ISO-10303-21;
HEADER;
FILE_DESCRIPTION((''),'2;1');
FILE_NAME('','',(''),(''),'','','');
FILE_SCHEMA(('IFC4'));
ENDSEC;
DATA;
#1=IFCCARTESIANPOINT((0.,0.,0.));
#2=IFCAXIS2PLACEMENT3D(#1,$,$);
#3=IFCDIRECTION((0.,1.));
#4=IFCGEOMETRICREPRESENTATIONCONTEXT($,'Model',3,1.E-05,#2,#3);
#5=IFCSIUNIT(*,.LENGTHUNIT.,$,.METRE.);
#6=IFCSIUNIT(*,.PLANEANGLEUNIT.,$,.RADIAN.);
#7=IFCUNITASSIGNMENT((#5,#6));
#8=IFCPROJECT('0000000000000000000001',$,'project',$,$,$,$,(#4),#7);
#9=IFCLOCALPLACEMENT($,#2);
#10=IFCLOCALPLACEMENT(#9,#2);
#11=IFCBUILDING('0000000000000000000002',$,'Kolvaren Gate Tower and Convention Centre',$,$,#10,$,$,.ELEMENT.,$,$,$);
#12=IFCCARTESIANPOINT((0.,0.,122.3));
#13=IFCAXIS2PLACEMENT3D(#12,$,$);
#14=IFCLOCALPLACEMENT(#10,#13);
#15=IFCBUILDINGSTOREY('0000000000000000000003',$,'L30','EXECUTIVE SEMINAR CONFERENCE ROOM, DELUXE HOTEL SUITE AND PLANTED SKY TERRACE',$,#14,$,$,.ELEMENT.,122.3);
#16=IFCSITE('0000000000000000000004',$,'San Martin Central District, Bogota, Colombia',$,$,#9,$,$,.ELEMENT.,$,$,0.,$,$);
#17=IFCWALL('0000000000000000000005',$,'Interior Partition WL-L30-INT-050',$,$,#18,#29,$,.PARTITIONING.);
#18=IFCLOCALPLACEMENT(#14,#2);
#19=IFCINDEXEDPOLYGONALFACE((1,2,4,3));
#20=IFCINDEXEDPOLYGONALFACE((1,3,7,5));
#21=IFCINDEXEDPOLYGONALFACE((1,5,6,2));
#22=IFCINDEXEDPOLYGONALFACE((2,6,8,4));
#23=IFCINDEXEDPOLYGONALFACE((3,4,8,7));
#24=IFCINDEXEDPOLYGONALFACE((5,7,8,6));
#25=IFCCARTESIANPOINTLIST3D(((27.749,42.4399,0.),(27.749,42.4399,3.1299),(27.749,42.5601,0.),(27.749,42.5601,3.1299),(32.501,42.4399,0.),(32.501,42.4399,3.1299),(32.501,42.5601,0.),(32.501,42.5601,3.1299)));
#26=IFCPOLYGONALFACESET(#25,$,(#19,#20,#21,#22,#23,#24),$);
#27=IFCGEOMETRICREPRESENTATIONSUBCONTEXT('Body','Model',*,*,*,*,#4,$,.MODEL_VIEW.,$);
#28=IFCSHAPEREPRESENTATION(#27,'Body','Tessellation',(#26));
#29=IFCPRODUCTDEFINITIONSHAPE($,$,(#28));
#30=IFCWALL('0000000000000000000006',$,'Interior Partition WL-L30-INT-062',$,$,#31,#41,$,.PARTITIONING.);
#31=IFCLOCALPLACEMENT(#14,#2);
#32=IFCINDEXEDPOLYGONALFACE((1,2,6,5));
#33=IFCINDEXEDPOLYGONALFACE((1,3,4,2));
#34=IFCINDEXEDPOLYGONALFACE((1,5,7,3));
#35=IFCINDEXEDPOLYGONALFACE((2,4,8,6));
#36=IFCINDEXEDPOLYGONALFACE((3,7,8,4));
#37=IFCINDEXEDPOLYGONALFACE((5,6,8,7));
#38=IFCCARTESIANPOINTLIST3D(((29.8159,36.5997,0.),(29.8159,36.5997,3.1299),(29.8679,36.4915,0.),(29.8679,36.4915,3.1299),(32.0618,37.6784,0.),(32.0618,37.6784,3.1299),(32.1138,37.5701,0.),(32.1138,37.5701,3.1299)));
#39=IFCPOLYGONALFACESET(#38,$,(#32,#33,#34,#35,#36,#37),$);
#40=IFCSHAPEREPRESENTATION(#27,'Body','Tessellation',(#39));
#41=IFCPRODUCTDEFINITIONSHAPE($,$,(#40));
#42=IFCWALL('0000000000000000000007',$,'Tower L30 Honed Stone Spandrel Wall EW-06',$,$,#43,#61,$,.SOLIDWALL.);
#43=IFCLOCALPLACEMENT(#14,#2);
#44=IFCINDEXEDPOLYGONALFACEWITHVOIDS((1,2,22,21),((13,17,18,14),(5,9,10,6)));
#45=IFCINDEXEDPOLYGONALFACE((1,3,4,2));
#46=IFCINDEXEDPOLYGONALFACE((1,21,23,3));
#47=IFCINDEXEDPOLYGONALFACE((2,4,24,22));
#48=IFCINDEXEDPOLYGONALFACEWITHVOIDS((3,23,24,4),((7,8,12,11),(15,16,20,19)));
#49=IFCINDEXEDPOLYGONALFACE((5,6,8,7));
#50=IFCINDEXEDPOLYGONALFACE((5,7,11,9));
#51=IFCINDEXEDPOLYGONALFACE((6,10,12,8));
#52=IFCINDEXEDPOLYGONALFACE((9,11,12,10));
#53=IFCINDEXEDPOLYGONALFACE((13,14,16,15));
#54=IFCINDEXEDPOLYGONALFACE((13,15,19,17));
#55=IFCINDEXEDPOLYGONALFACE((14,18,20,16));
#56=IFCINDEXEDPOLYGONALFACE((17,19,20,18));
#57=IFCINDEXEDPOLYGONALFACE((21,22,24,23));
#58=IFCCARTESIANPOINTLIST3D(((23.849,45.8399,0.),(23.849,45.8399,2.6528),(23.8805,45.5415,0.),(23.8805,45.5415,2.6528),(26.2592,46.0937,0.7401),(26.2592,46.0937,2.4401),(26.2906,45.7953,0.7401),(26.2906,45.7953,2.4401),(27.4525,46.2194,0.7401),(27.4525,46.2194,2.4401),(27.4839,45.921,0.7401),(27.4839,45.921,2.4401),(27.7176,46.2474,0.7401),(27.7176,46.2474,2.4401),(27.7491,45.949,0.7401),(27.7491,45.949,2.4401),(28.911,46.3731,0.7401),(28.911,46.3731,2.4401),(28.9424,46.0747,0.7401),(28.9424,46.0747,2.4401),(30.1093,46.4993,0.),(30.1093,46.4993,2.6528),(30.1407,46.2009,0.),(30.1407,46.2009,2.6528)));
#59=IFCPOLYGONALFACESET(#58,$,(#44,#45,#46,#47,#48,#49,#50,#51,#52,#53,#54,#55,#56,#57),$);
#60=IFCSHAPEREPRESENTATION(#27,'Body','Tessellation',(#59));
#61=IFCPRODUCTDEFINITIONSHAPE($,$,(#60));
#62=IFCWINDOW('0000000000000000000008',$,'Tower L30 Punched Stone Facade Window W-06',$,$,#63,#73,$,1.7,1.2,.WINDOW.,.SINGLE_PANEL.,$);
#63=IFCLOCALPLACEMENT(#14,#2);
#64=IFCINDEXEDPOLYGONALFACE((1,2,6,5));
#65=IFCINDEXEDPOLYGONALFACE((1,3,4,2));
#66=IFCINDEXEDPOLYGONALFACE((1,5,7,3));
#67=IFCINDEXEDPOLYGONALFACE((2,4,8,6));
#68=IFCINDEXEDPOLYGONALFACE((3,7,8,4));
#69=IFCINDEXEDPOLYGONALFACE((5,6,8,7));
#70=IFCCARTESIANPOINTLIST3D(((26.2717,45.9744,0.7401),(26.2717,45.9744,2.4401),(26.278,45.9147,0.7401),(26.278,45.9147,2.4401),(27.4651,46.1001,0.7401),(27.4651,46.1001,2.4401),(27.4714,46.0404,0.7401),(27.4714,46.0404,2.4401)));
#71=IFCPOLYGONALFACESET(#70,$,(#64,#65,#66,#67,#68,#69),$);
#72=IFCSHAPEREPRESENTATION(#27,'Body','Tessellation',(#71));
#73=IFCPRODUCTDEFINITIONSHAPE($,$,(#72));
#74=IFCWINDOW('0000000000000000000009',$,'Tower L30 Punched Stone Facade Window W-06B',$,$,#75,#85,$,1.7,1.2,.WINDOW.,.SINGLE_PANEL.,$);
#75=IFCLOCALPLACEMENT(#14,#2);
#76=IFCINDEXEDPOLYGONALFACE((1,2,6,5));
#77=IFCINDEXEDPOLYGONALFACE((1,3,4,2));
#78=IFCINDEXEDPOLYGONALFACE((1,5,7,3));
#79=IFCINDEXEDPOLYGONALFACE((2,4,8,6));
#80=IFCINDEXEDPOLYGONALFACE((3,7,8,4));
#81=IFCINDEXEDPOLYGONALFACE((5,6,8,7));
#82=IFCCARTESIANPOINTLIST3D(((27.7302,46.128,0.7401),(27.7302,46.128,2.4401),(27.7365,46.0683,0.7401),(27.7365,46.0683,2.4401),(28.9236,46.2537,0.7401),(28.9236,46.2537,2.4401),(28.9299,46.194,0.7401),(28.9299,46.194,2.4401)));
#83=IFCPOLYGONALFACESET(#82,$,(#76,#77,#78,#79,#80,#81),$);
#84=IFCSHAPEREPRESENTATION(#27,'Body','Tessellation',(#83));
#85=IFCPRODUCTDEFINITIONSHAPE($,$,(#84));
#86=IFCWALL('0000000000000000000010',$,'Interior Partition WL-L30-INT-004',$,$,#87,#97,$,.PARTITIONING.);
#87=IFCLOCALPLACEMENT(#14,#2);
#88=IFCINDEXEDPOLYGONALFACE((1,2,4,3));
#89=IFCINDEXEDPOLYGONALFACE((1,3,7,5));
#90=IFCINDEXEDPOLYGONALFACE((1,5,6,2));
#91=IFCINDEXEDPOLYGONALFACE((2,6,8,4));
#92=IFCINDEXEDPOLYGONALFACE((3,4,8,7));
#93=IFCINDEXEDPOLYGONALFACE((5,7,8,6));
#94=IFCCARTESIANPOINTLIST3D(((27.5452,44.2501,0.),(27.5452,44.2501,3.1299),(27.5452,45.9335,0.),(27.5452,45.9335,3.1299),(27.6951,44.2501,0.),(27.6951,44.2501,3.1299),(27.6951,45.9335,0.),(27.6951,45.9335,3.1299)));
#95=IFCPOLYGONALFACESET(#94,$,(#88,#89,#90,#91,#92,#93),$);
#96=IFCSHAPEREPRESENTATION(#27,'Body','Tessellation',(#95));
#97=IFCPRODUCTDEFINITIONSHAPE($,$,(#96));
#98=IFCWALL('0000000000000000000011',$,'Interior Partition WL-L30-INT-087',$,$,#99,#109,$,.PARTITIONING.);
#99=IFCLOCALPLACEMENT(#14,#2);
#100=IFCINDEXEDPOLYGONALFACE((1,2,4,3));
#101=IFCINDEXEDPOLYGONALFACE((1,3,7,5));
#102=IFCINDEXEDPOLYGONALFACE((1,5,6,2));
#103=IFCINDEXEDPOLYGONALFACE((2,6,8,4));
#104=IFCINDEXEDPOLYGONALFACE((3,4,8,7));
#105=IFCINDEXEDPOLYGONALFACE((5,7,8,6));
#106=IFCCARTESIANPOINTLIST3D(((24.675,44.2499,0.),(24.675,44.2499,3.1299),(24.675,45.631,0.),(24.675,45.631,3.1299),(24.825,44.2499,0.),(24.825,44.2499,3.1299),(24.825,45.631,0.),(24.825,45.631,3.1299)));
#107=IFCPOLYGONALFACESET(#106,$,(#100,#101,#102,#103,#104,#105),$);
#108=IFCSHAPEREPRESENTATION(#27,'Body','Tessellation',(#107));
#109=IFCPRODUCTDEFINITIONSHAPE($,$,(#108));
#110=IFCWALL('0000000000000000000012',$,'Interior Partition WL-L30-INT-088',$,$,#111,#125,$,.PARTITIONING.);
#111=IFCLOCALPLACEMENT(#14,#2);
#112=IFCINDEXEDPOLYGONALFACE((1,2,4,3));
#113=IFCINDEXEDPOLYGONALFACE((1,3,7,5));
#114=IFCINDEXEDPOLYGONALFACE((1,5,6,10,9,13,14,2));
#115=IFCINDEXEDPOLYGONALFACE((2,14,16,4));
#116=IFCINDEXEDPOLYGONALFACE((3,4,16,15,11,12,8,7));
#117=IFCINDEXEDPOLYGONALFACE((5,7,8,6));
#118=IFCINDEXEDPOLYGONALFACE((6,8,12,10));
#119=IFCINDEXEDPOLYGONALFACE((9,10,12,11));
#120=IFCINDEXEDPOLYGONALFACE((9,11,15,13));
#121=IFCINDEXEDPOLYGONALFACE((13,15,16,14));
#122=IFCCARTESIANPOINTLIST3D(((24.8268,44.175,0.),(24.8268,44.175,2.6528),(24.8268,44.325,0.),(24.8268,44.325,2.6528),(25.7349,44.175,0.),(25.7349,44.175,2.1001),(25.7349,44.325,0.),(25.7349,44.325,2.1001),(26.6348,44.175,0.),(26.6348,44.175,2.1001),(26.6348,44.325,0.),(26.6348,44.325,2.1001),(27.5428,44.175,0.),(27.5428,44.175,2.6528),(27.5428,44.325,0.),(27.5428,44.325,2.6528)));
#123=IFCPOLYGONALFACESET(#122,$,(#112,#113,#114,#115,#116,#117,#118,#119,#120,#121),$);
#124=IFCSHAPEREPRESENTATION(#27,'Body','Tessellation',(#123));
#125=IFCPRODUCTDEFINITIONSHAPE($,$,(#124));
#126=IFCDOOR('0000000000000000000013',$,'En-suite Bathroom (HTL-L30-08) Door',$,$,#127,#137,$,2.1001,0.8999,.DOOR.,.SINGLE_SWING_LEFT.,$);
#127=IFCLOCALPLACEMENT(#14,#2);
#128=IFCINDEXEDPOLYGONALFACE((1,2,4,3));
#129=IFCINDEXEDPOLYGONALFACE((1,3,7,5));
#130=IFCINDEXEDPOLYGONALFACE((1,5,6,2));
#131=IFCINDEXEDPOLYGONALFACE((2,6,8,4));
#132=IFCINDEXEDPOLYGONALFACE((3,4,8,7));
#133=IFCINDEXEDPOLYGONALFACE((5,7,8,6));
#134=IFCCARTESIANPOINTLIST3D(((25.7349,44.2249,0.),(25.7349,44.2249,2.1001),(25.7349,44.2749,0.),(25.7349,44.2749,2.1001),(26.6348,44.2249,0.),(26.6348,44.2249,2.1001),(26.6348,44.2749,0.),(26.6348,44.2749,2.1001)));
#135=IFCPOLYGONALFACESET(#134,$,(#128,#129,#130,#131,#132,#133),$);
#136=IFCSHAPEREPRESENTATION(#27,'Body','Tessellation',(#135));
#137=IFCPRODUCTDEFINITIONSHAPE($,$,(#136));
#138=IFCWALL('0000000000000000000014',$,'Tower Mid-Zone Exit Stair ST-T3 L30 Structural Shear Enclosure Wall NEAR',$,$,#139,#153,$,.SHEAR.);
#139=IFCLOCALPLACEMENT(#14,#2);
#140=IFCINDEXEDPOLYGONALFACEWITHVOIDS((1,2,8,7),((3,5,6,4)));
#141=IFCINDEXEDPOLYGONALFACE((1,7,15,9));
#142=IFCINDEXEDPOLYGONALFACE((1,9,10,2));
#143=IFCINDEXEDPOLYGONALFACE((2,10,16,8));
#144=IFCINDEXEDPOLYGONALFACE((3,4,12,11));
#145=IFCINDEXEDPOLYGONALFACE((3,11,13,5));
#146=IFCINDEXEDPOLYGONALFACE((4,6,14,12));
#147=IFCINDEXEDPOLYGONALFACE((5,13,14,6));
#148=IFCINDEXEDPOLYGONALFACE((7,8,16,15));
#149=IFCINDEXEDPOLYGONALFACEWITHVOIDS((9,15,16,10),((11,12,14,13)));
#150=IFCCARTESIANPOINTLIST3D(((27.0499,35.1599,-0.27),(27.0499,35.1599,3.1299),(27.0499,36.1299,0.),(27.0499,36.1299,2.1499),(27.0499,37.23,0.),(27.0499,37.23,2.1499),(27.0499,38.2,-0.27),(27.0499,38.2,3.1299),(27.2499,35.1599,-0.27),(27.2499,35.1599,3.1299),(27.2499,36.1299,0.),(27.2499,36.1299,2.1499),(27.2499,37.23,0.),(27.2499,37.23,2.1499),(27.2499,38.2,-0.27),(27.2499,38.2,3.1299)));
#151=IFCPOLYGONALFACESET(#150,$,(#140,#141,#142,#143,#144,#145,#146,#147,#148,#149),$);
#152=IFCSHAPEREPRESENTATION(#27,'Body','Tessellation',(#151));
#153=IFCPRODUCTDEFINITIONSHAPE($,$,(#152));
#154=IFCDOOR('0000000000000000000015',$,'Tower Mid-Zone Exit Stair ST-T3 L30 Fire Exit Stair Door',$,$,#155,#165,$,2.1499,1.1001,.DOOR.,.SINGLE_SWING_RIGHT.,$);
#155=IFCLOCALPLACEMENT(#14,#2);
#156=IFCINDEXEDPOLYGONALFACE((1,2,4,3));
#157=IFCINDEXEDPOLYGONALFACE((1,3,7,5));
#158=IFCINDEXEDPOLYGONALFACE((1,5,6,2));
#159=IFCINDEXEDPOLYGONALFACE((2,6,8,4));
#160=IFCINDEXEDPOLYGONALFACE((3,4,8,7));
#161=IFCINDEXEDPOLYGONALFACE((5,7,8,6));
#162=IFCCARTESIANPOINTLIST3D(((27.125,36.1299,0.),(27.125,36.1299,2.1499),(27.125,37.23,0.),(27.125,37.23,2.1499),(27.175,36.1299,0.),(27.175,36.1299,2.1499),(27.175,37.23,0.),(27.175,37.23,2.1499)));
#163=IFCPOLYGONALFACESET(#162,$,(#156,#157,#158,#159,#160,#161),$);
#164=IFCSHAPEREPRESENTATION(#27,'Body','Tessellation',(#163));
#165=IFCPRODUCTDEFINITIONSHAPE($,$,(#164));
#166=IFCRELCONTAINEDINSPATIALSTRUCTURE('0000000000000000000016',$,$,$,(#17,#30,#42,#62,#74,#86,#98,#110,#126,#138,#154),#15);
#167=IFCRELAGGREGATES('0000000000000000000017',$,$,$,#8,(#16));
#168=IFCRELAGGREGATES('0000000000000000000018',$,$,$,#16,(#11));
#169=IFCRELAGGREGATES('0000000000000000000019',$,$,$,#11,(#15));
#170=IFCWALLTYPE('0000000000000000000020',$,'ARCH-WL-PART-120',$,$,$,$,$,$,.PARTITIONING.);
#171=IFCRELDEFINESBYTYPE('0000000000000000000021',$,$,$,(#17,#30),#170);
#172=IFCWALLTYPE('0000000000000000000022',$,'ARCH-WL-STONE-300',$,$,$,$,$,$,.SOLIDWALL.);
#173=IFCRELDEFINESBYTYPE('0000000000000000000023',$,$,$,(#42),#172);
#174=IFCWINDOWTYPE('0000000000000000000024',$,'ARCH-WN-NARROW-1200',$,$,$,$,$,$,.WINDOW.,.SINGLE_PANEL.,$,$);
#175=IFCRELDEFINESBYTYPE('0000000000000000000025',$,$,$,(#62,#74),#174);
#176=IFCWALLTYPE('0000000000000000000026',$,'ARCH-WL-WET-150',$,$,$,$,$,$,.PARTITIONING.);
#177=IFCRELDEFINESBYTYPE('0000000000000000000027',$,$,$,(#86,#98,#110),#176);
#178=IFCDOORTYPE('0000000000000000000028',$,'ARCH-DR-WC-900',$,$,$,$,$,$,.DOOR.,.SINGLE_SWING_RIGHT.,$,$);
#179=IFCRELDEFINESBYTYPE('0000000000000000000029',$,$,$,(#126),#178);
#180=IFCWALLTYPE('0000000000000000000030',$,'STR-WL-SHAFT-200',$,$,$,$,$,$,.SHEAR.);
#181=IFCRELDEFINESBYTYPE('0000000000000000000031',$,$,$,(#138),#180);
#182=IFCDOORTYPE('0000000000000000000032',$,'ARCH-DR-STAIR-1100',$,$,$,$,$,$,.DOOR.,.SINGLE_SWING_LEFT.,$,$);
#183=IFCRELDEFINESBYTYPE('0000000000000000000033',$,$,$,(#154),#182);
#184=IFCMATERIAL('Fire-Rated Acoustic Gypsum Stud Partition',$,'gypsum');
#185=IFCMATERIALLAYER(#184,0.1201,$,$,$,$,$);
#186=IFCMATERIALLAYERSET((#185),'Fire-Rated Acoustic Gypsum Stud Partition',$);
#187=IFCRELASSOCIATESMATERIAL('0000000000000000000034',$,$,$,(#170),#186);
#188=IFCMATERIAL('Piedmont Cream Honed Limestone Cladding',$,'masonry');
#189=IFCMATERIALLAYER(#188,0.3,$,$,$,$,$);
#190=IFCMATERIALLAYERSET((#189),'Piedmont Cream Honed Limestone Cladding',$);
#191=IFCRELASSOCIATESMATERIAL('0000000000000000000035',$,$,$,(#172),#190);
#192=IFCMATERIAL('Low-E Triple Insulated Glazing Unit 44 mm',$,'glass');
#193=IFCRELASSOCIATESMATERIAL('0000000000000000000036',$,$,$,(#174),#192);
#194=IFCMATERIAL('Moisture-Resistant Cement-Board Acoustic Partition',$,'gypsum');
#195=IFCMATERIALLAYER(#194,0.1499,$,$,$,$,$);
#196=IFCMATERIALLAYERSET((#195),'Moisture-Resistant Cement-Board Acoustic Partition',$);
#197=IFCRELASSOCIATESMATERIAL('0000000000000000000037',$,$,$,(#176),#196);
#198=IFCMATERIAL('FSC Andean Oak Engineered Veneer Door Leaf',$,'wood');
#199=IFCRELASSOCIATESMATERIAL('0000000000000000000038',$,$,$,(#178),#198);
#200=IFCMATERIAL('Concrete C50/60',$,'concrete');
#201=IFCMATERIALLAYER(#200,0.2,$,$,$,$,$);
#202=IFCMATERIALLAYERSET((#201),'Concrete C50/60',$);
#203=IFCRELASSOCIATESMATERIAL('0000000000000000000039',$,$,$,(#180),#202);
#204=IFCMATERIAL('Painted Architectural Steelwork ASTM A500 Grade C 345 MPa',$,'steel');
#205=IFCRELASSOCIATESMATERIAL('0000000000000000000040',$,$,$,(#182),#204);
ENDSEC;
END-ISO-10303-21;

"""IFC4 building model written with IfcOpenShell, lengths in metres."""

from ifc_helpers import new_model, si_unit, direction, frame, frame_2d, origin, place, context, subcontext, project, spatial, rectangle, extrude, material, layer, layer_set, type_object, element, fill, save


model = new_model("IFC4")

# Units and contexts
model_context = context("Model", 3, precision=1e-05, world=origin(), true_north=direction((0.0, 1.0)))
body_context = subcontext(model_context, "Body", "Model", "MODEL_VIEW")
ifc_project = project(units=[si_unit("LENGTHUNIT", "METRE"), si_unit("PLANEANGLEUNIT", "RADIAN")], contexts=[model_context])

# Site, building, storey
site_placement = place(None, origin())
site = spatial("IfcSite", under=ifc_project, at=site_placement, Name="San Martin Central District, Bogota, Colombia", CompositionType="ELEMENT", RefElevation=0.0)
building_placement = place(site_placement, origin())
building = spatial("IfcBuilding", under=site, at=building_placement, Name="Kolvaren Gate Tower and Convention Centre", CompositionType="ELEMENT")
storey_placement = place(building_placement, frame((0.0, 0.0, 122.3)))
storey = spatial("IfcBuildingStorey", under=building, at=storey_placement, Name="L30", Description="EXECUTIVE SEMINAR CONFERENCE ROOM, DELUXE HOTEL SUITE AND PLANTED SKY TERRACE", CompositionType="ELEMENT", Elevation=122.3)

# Shared definitions
ifc_material_1 = material(Name="Fire-Rated Acoustic Gypsum Stud Partition", Category="gypsum")
ifc_layer_1 = layer(ifc_material_1, 0.1201)
ifc_layer_set_1 = layer_set([ifc_layer_1], Name="Fire-Rated Acoustic Gypsum Stud Partition")
wall_type_1 = type_object("IfcWallType", Name="ARCH-WL-PART-120", PredefinedType="PARTITIONING", material=ifc_layer_set_1)

# Shared definitions
ifc_material_2 = material(Name="Painted Architectural Steelwork ASTM A500 Grade C 345 MPa", Category="steel")

# Walls
wall_1_placement = place(storey_placement, frame((27.749, 42.5, 0.0), z_axis=(0.0, 0.0, 1.0), x_axis=(1.0, 0.0, 0.0)))
element("IfcWall", 1, at=wall_1_placement, inside=storey, type_object=wall_type_1, Name="Interior Partition WL-L30-INT-050", PredefinedType="PARTITIONING", context=body_context, shape_type="SweptSolid", body=[
    extrude(rectangle(XDim=4.752, YDim=0.1201, at=frame_2d((2.376, 0.0))), origin(), (0.0, 0.0, 1.0), 3.1299),
])
wall_2_placement = place(storey_placement, frame((29.842, 36.5457, 0.0), z_axis=(0.0, 0.0, 1.0), x_axis=(0.901428, 0.432929, 0.0)))
element("IfcWall", 2, at=wall_2_placement, inside=storey, type_object=wall_type_1, Name="Interior Partition WL-L30-INT-062", PredefinedType="PARTITIONING", context=body_context, shape_type="SweptSolid", body=[
    extrude(rectangle(XDim=2.4915, YDim=0.1201, at=frame_2d((1.2456, 0.0))), origin(), (0.0, 0.0, 1.0), 3.1299),
])

# Wall, openings, windows
ifc_material_3 = material(Name="Piedmont Cream Honed Limestone Cladding", Category="masonry")
ifc_layer_2 = layer(ifc_material_3, 0.3)
ifc_layer_set_2 = layer_set([ifc_layer_2], Name="Piedmont Cream Honed Limestone Cladding")
wall_type_2 = type_object("IfcWallType", Name="ARCH-WL-STONE-300", PredefinedType="SOLIDWALL", material=ifc_layer_set_2)
wall_3_placement = place(storey_placement, frame((23.8647, 45.6907, 0.0), z_axis=(0.0, 0.0, 1.0), x_axis=(0.994498, 0.104755, 0.0)))
wall_3 = element("IfcWall", 3, at=wall_3_placement, inside=storey, type_object=wall_type_2, Name="Tower L30 Honed Stone Spandrel Wall EW-06", PredefinedType="SOLIDWALL", context=body_context, shape_type="SweptSolid", body=[
    extrude(rectangle(XDim=6.2949, YDim=0.3, at=frame_2d((3.1475, 0.0))), origin(), (0.0, 0.0, 1.0), 2.6528),
])
opening_1_placement = place(wall_3_placement, frame((2.4233, 0.0, 0.74)))
opening_1 = element("IfcOpeningElement", 4, at=opening_1_placement, cuts=wall_3, PredefinedType="OPENING", context=body_context, shape_type="SweptSolid", body=[
    extrude(rectangle(XDim=1.2, YDim=1.7, at=frame_2d((0.6001, 0.8501))), frame((0.0, 0.1599, 0.0), z_axis=(0.0, -1.0, 0.0), x_axis=(1.0, 0.0, 0.0)), (0.0, 0.0, 1.0), 0.3201),
])
opening_2_placement = place(wall_3_placement, frame((3.8899, 0.0, 0.74)))
opening_2 = element("IfcOpeningElement", 5, at=opening_2_placement, cuts=wall_3, PredefinedType="OPENING", context=body_context, shape_type="SweptSolid", body=[
    extrude(rectangle(XDim=1.2, YDim=1.7, at=frame_2d((0.6001, 0.8501))), frame((0.0, 0.1599, 0.0), z_axis=(0.0, -1.0, 0.0), x_axis=(1.0, 0.0, 0.0)), (0.0, 0.0, 1.0), 0.3201),
])
ifc_material_4 = material(Name="Low-E Triple Insulated Glazing Unit 44 mm", Category="glass")
window_type = type_object("IfcWindowType", Name="ARCH-WN-NARROW-1200", PartitioningType="SINGLE_PANEL", PredefinedType="WINDOW", material=ifc_material_4)
window_1_placement = place(opening_1_placement, origin())
window_1 = element("IfcWindow", 6, at=window_1_placement, inside=storey, type_object=window_type, Name="Tower L30 Punched Stone Facade Window W-06", OverallHeight=1.7, OverallWidth=1.2, PartitioningType="SINGLE_PANEL", PredefinedType="WINDOW", context=body_context, shape_type="SweptSolid", body=[
    extrude(rectangle(XDim=1.2, YDim=1.7, at=frame_2d((0.6001, 0.8501))), frame((0.0, 0.03, 0.0), z_axis=(0.0, -1.0, 0.0), x_axis=(1.0, 0.0, 0.0)), (0.0, 0.0, 1.0), 0.0601),
])
fill(opening_1, window_1)
window_2_placement = place(opening_2_placement, origin())
window_2 = element("IfcWindow", 7, at=window_2_placement, inside=storey, type_object=window_type, Name="Tower L30 Punched Stone Facade Window W-06B", OverallHeight=1.7, OverallWidth=1.2, PartitioningType="SINGLE_PANEL", PredefinedType="WINDOW", context=body_context, shape_type="SweptSolid", body=[
    extrude(rectangle(XDim=1.2, YDim=1.7, at=frame_2d((0.6001, 0.8501))), frame((0.0, 0.03, 0.0), z_axis=(0.0, -1.0, 0.0), x_axis=(1.0, 0.0, 0.0)), (0.0, 0.0, 1.0), 0.0601),
])
fill(opening_2, window_2)

# Walls
ifc_material_5 = material(Name="Moisture-Resistant Cement-Board Acoustic Partition", Category="gypsum")
ifc_layer_3 = layer(ifc_material_5, 0.1499)
ifc_layer_set_3 = layer_set([ifc_layer_3], Name="Moisture-Resistant Cement-Board Acoustic Partition")
wall_type_3 = type_object("IfcWallType", Name="ARCH-WL-WET-150", PredefinedType="PARTITIONING", material=ifc_layer_set_3)
wall_4_placement = place(storey_placement, frame((27.6201, 44.25, 0.0), z_axis=(0.0, 0.0, 1.0), x_axis=(0.0, 1.0, 0.0)))
element("IfcWall", 8, at=wall_4_placement, inside=storey, type_object=wall_type_3, Name="Interior Partition WL-L30-INT-004", PredefinedType="PARTITIONING", context=body_context, shape_type="SweptSolid", body=[
    extrude(rectangle(XDim=1.6833, YDim=0.1499, at=frame_2d((0.8418, 0.0))), origin(), (0.0, 0.0, 1.0), 3.1299),
])
wall_5_placement = place(storey_placement, frame((24.75, 44.25, 0.0), z_axis=(0.0, 0.0, 1.0), x_axis=(0.0, 1.0, 0.0)))
element("IfcWall", 9, at=wall_5_placement, inside=storey, type_object=wall_type_3, Name="Interior Partition WL-L30-INT-087", PredefinedType="PARTITIONING", context=body_context, shape_type="SweptSolid", body=[
    extrude(rectangle(XDim=1.3811, YDim=0.1499, at=frame_2d((0.6904, 0.0))), origin(), (0.0, 0.0, 1.0), 3.1299),
])

# Walls, openings, doors
wall_6_placement = place(storey_placement, frame((24.8269, 44.25, 0.0), z_axis=(0.0, 0.0, 1.0), x_axis=(1.0, 0.0, 0.0)))
wall_6 = element("IfcWall", 10, at=wall_6_placement, inside=storey, type_object=wall_type_3, Name="Interior Partition WL-L30-INT-088", PredefinedType="PARTITIONING", context=body_context, shape_type="SweptSolid", body=[
    extrude(rectangle(XDim=2.7161, YDim=0.1499, at=frame_2d((1.3579, 0.0))), origin(), (0.0, 0.0, 1.0), 2.6528),
])
opening_3_placement = place(wall_6_placement, frame((0.908, 0.0, 0.0)))
opening_3 = element("IfcOpeningElement", 11, at=opening_3_placement, cuts=wall_6, PredefinedType="OPENING", context=body_context, shape_type="SweptSolid", body=[
    extrude(rectangle(XDim=0.8999, YDim=2.1001, at=frame_2d((0.45, 1.05))), frame((0.0, 0.085, 0.0), z_axis=(0.0, -1.0, 0.0), x_axis=(1.0, 0.0, 0.0)), (0.0, 0.0, 1.0), 0.1699),
])
ifc_material_6 = material(Name="FSC Andean Oak Engineered Veneer Door Leaf", Category="wood")
door_type_1 = type_object("IfcDoorType", Name="ARCH-DR-WC-900", OperationType="SINGLE_SWING_RIGHT", PredefinedType="DOOR", material=ifc_material_6)
door_1_placement = place(opening_3_placement, origin())
door_1 = element("IfcDoor", 12, at=door_1_placement, inside=storey, type_object=door_type_1, Name="En-suite Bathroom (HTL-L30-08) Door", OperationType="SINGLE_SWING_LEFT", OverallHeight=2.1001, OverallWidth=0.8999, PredefinedType="DOOR", context=body_context, shape_type="SweptSolid", body=[
    extrude(rectangle(XDim=0.8999, YDim=2.1001, at=frame_2d((0.45, 1.05))), frame((0.0, 0.0249, 0.0), z_axis=(0.0, -1.0, 0.0), x_axis=(1.0, 0.0, 0.0)), (0.0, 0.0, 1.0), 0.05),
])
fill(opening_3, door_1)
ifc_material_7 = material(Name="Concrete C50/60", Category="concrete")
ifc_layer_4 = layer(ifc_material_7, 0.2)
ifc_layer_set_4 = layer_set([ifc_layer_4], Name="Concrete C50/60")
wall_type_4 = type_object("IfcWallType", Name="STR-WL-SHAFT-200", PredefinedType="SHEAR", material=ifc_layer_set_4)
wall_7_placement = place(storey_placement, frame((27.1499, 35.1599, -0.27), z_axis=(0.0, 0.0, 1.0), x_axis=(0.0, 1.0, 0.0)))
wall_7 = element("IfcWall", 13, at=wall_7_placement, inside=storey, type_object=wall_type_4, Name="Tower Mid-Zone Exit Stair ST-T3 L30 Structural Shear Enclosure Wall NEAR", PredefinedType="SHEAR", context=body_context, shape_type="SweptSolid", body=[
    extrude(rectangle(XDim=3.04, YDim=0.2, at=frame_2d((1.52, 0.0))), origin(), (0.0, 0.0, 1.0), 3.3999),
])
opening_4_placement = place(wall_7_placement, frame((0.97, 0.0, 0.27)))
opening_4 = element("IfcOpeningElement", 14, at=opening_4_placement, cuts=wall_7, PredefinedType="OPENING", context=body_context, shape_type="SweptSolid", body=[
    extrude(rectangle(XDim=1.1001, YDim=2.1499, at=frame_2d((0.55, 1.075))), frame((0.0, 0.1099, 0.0), z_axis=(0.0, -1.0, 0.0), x_axis=(1.0, 0.0, 0.0)), (0.0, 0.0, 1.0), 0.22),
])
door_type_2 = type_object("IfcDoorType", Name="ARCH-DR-STAIR-1100", OperationType="SINGLE_SWING_LEFT", PredefinedType="DOOR", material=ifc_material_2)
door_2_placement = place(opening_4_placement, origin())
door_2 = element("IfcDoor", 15, at=door_2_placement, inside=storey, type_object=door_type_2, Name="Tower Mid-Zone Exit Stair ST-T3 L30 Fire Exit Stair Door", OperationType="SINGLE_SWING_RIGHT", OverallHeight=2.1499, OverallWidth=1.1001, PredefinedType="DOOR", context=body_context, shape_type="SweptSolid", body=[
    extrude(rectangle(XDim=1.1001, YDim=2.1499, at=frame_2d((0.55, 1.075))), frame((0.0, 0.0249, 0.0), z_axis=(0.0, -1.0, 0.0), x_axis=(1.0, 0.0, 0.0)), (0.0, 0.0, 1.0), 0.05),
])
fill(opening_4, door_2)

save(model, "model.ifc")
